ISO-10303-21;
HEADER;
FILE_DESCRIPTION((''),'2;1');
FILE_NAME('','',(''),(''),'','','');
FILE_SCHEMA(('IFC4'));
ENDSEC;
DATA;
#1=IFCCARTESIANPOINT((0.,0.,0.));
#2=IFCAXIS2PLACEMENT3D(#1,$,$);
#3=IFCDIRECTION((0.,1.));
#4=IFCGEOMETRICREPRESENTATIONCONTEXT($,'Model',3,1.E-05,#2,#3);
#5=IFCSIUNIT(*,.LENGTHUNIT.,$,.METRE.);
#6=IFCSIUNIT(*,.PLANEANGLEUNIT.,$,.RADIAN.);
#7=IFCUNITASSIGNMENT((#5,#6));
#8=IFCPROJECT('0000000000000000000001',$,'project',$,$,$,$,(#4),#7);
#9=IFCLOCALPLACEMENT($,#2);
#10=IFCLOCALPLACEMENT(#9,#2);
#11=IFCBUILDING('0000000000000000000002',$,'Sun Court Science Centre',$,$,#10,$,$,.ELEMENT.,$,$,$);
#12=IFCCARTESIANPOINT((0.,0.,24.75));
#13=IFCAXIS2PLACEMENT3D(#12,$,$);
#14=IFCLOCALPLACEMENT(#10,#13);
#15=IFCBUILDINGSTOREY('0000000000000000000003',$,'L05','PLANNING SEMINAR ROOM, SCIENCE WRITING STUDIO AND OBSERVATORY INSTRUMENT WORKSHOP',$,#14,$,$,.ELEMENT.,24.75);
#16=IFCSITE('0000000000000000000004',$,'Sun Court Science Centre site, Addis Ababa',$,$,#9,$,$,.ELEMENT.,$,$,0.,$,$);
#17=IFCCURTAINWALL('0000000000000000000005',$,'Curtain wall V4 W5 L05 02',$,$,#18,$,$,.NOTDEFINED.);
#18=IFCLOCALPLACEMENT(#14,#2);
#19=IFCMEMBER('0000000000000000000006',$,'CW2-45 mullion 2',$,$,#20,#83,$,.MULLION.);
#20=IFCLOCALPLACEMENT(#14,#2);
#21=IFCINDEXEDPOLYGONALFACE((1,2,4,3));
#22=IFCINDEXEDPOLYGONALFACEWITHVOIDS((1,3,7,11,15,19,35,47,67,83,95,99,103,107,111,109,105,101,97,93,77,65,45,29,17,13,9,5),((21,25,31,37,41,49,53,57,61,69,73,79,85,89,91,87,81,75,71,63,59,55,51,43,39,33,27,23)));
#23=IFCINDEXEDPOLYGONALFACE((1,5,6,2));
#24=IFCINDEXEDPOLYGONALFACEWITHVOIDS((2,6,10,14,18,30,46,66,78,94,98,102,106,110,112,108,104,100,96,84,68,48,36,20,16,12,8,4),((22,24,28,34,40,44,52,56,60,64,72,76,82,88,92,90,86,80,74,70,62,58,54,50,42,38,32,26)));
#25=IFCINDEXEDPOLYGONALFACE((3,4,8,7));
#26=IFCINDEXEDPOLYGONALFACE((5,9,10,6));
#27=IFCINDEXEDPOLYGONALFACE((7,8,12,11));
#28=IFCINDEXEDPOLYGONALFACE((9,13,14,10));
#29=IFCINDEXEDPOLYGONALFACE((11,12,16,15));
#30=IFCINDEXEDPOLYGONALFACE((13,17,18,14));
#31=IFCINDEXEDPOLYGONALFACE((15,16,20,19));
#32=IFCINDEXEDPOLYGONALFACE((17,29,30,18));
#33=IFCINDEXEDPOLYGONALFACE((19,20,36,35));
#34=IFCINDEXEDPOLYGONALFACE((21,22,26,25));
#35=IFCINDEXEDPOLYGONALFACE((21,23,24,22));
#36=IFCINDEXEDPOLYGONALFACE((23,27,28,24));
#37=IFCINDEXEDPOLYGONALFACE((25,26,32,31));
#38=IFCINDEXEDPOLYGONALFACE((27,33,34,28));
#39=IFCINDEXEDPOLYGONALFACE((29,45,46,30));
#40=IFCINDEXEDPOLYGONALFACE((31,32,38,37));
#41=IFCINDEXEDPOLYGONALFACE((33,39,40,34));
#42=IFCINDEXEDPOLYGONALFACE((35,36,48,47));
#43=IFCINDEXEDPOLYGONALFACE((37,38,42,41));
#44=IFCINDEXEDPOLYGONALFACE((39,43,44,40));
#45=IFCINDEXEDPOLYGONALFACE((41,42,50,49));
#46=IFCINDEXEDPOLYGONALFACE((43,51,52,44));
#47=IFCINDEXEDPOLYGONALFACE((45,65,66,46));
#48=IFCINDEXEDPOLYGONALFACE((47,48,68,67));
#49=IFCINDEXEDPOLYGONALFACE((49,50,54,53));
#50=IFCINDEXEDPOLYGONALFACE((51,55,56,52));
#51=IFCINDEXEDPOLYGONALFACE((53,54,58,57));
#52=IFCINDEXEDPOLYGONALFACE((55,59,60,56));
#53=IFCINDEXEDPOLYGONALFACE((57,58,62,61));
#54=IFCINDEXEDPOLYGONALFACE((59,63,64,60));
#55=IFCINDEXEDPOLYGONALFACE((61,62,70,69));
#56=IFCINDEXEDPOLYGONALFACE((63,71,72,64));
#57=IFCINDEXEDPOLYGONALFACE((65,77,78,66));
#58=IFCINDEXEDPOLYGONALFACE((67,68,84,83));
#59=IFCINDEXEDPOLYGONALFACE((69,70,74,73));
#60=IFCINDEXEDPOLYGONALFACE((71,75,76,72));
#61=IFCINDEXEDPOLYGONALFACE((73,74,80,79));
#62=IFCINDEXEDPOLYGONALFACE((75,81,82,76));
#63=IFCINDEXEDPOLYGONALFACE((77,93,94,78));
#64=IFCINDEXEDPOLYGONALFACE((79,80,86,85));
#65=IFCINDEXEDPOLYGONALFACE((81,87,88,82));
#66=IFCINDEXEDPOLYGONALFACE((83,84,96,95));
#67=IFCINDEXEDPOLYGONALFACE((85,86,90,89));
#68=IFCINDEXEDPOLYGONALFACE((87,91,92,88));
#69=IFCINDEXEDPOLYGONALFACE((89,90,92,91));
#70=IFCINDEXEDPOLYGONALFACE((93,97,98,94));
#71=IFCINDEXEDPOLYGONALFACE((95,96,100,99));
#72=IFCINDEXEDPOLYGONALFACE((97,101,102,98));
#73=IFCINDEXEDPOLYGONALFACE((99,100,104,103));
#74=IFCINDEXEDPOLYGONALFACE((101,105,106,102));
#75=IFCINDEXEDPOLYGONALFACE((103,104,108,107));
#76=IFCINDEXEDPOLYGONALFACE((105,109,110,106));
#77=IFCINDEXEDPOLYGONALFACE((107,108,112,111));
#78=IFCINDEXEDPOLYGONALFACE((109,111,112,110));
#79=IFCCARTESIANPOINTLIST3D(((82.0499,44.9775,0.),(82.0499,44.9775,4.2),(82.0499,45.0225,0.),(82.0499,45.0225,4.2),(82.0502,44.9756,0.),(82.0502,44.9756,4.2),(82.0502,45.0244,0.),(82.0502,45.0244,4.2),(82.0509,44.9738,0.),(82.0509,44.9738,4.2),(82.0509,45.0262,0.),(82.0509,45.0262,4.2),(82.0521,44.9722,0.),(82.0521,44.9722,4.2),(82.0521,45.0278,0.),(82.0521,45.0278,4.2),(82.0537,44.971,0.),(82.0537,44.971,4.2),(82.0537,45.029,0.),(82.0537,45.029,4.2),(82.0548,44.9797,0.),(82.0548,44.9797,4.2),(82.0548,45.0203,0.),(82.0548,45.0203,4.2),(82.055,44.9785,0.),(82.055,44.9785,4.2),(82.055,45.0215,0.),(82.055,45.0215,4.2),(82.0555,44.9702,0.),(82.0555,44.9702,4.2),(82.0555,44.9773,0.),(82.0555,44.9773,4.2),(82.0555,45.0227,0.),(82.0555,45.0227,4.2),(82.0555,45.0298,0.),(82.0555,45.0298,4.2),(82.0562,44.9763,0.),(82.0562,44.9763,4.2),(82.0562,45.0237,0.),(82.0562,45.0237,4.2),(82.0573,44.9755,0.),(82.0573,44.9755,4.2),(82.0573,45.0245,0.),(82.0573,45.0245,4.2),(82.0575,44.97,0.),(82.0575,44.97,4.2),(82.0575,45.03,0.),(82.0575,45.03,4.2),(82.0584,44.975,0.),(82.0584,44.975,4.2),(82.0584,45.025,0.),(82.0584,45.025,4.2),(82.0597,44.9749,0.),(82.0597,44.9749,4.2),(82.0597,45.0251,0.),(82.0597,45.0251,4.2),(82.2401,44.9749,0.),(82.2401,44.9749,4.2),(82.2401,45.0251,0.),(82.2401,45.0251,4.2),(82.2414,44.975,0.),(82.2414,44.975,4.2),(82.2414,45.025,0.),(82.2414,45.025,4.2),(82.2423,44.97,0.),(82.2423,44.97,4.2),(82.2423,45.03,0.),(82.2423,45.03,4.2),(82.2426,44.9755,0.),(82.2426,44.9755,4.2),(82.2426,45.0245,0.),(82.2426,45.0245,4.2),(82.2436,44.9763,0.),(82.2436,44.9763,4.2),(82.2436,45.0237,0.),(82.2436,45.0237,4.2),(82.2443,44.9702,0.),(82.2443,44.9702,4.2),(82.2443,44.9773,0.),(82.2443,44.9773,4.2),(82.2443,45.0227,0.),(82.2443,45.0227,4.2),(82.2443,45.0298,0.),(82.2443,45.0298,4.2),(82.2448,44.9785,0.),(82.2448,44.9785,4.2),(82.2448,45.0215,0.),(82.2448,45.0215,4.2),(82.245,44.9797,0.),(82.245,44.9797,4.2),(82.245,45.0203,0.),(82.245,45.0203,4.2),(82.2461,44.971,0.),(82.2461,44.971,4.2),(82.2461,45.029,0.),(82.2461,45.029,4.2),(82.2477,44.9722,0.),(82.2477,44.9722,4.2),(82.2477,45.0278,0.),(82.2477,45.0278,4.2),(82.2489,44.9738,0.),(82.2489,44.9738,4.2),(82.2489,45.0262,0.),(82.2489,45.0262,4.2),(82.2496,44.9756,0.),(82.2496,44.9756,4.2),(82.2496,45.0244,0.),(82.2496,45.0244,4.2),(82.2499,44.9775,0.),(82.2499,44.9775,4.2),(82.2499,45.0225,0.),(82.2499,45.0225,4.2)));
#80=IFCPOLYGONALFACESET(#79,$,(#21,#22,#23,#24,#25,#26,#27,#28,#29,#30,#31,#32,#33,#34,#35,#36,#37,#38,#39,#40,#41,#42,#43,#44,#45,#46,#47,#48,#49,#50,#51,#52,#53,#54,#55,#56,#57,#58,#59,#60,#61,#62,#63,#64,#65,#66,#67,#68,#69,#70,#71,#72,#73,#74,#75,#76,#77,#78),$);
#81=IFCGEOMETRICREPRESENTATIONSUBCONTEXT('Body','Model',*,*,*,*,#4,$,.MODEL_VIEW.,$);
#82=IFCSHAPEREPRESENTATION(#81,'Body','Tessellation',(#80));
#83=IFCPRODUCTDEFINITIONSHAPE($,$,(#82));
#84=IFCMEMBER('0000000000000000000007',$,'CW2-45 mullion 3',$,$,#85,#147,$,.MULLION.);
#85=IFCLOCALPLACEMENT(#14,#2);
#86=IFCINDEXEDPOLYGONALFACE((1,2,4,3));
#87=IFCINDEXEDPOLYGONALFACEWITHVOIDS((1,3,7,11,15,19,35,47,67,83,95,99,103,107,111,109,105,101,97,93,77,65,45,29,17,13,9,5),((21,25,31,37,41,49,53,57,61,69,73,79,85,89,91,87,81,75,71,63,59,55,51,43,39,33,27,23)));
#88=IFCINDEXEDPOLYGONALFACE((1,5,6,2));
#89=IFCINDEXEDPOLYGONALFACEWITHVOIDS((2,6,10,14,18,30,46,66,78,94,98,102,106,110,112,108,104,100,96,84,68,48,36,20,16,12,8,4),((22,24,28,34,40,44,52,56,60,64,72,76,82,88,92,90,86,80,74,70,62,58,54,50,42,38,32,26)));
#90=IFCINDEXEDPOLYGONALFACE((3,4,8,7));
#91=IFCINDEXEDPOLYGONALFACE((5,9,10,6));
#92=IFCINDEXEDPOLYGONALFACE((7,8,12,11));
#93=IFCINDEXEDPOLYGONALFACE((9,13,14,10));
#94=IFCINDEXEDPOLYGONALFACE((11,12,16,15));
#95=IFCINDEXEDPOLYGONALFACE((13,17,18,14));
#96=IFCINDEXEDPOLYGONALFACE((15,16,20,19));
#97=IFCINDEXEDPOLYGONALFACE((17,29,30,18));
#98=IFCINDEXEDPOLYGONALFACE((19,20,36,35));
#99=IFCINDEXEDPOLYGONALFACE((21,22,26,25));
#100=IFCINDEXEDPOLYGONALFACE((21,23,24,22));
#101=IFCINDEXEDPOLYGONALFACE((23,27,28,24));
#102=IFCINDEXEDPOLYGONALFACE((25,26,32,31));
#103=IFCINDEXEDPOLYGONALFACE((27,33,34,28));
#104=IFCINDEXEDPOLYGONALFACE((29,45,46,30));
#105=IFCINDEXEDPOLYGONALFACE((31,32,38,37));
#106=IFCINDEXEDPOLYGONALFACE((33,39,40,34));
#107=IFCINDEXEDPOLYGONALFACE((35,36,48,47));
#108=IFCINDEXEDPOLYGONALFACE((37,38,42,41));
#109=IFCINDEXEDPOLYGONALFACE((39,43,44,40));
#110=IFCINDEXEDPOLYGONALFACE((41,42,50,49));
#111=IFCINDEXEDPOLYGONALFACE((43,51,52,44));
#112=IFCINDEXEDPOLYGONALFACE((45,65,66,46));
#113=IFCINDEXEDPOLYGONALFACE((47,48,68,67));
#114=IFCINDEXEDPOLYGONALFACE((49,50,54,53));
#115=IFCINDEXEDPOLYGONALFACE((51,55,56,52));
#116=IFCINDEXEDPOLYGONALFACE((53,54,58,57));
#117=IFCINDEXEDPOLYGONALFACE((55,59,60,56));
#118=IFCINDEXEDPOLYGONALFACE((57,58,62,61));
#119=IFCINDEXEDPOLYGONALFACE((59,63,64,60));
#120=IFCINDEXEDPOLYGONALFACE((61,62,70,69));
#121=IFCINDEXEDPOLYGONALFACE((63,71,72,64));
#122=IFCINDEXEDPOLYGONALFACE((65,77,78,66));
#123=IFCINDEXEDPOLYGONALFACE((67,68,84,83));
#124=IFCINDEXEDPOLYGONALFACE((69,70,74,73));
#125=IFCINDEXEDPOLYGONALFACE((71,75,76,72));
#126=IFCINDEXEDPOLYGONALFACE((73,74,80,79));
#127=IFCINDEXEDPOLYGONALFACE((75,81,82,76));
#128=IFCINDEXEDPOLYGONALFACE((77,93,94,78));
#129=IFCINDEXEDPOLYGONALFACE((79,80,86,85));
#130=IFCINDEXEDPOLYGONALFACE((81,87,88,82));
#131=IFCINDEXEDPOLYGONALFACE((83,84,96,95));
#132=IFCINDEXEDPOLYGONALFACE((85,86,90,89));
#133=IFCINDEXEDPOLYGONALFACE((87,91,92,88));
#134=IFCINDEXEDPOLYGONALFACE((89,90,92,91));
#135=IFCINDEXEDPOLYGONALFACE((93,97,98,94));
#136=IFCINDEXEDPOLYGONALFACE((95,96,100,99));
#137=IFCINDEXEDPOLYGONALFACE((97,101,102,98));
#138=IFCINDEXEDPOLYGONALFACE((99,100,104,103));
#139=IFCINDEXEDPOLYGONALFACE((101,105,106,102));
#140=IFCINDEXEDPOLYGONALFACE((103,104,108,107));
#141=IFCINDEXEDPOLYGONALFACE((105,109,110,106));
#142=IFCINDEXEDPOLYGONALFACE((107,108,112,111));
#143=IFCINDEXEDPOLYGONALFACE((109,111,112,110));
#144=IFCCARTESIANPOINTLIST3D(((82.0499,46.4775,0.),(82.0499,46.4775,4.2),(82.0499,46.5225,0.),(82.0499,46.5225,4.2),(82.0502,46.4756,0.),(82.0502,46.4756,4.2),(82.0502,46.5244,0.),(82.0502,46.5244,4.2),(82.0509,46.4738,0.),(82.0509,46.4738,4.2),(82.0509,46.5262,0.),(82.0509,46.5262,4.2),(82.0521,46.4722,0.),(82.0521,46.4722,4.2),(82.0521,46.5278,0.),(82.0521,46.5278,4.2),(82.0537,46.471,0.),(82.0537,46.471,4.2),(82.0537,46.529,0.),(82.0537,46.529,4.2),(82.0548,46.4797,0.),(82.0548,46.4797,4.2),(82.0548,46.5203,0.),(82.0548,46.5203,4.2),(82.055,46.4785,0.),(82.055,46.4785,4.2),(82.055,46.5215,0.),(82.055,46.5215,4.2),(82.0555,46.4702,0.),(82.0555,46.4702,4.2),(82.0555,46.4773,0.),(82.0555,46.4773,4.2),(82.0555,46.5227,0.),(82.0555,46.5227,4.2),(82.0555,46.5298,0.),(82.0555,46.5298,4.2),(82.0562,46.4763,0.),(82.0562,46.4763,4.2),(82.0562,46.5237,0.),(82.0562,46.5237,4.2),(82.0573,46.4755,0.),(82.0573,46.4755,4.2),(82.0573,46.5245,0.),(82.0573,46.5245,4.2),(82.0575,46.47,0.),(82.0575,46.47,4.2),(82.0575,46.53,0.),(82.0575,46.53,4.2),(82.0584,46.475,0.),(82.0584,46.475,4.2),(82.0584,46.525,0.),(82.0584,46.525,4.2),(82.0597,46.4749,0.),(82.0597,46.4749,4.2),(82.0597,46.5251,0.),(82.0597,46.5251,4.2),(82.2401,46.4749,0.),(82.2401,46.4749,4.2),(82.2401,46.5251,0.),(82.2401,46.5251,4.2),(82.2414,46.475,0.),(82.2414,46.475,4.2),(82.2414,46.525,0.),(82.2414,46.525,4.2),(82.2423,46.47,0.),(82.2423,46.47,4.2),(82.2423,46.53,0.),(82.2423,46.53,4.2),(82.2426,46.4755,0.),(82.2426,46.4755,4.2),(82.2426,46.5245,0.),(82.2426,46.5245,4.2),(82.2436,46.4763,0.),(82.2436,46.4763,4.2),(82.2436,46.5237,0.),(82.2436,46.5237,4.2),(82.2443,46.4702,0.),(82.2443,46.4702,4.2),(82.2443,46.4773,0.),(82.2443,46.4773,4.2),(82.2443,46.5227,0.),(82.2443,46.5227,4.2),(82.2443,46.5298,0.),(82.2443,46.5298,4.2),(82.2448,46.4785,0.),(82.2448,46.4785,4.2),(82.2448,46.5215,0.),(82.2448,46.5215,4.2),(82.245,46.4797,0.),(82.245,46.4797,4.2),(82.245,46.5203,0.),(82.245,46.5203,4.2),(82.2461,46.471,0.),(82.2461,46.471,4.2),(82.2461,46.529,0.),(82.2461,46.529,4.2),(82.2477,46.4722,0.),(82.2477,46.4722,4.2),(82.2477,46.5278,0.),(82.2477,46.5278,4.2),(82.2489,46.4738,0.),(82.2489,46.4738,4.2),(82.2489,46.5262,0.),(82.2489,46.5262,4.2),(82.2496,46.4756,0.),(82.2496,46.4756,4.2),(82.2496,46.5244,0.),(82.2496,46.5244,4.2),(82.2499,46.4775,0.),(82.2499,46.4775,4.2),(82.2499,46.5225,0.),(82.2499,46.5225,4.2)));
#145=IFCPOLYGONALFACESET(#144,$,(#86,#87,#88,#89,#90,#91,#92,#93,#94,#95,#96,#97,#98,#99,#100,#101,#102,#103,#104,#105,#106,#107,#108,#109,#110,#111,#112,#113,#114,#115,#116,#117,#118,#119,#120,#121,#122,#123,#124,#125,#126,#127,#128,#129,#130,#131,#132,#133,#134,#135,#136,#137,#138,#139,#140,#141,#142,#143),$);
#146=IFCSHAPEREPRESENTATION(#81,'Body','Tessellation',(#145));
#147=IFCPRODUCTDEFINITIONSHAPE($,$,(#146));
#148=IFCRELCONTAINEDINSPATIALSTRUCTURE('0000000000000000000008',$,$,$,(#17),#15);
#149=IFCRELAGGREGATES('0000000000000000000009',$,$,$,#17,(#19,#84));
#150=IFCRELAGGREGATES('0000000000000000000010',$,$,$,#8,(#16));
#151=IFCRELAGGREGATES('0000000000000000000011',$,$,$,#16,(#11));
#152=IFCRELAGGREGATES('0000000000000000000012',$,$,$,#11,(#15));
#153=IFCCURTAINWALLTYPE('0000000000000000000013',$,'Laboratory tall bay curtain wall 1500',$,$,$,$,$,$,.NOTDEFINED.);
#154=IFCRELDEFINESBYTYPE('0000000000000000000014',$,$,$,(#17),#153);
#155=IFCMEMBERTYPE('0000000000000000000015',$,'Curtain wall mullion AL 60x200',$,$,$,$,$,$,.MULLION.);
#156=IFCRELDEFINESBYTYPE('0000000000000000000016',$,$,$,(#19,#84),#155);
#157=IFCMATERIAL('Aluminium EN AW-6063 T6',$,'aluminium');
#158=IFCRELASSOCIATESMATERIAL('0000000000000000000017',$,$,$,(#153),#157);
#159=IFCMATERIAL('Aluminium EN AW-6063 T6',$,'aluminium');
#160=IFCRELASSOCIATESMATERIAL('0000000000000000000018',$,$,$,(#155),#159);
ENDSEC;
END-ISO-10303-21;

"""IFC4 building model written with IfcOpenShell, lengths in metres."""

from ifc_helpers import new_model, si_unit, direction, frame, origin, origin_2d, place, context, subcontext, project, spatial, hollow_rectangle, extrude, material, material_profile, profile_set, type_object, element, aggregate, save


model = new_model("IFC4")

# Units and contexts
model_context = context("Model", 3, precision=1e-05, world=origin(), true_north=direction((0.0, 1.0)))
body_context = subcontext(model_context, "Body", "Model", "MODEL_VIEW")
ifc_project = project(units=[si_unit("LENGTHUNIT", "METRE"), si_unit("PLANEANGLEUNIT", "RADIAN")], contexts=[model_context])

# Site, building, storey
site_placement = place(None, origin())
site = spatial("IfcSite", under=ifc_project, at=site_placement, Name="Sun Court Science Centre site, Addis Ababa", CompositionType="ELEMENT", RefElevation=0.0)
building_placement = place(site_placement, origin())
building = spatial("IfcBuilding", under=site, at=building_placement, Name="Sun Court Science Centre", CompositionType="ELEMENT")
storey_placement = place(building_placement, frame((0.0, 0.0, 24.75)))
storey = spatial("IfcBuildingStorey", under=building, at=storey_placement, Name="L05", Description="PLANNING SEMINAR ROOM, SCIENCE WRITING STUDIO AND OBSERVATORY INSTRUMENT WORKSHOP", CompositionType="ELEMENT", Elevation=24.75)

# Curtain wall, members
ifc_material_1 = material(Name="Aluminium EN AW-6063 T6", Category="aluminium")
curtain_wall_type = type_object("IfcCurtainWallType", Name="Laboratory tall bay curtain wall 1500", PredefinedType="NOTDEFINED", material=ifc_material_1)
curtain_wall_placement = place(storey_placement, origin())
curtain_wall = element("IfcCurtainWall", 1, at=curtain_wall_placement, inside=storey, type_object=curtain_wall_type, Name="Curtain wall V4 W5 L05 02", PredefinedType="NOTDEFINED")
ifc_material_2 = material(Name="Aluminium EN AW-6063 T6", Category="aluminium")
ifc_material_profile_1 = material_profile(ifc_material_2, hollow_rectangle(XDim=0.0601, YDim=0.2, WallThickness=0.0049, InnerFilletRadius=0.0049, OuterFilletRadius=0.0076, at=origin_2d()), Name="AL 60x200x5")
ifc_profile_set_1 = profile_set([ifc_material_profile_1], Name="Aluminium EN AW-6063 T6")
member_type_1 = type_object("IfcMemberType", Name="Curtain wall mullion AL 60x200", PredefinedType="MULLION", material=ifc_profile_set_1)
member_1_placement = place(storey_placement, frame((82.1499, 45.0, 0.0), z_axis=(0.0, 0.0, 1.0), x_axis=(0.0, 1.0, 0.0)))
member_1 = element("IfcMember", 2, at=member_1_placement, type_object=member_type_1, Name="CW2-45 mullion 2", PredefinedType="MULLION", context=body_context, shape_type="SweptSolid", body=[
    extrude(hollow_rectangle(XDim=0.0601, YDim=0.2, WallThickness=0.0049, InnerFilletRadius=0.0049, OuterFilletRadius=0.0076, at=origin_2d()), origin(), (0.0, 0.0, 1.0), 4.2),
])
member_2_placement = place(storey_placement, frame((82.1499, 46.5, 0.0), z_axis=(0.0, 0.0, 1.0), x_axis=(0.0, 1.0, 0.0)))
member_2 = element("IfcMember", 3, at=member_2_placement, type_object=member_type_1, Name="CW2-45 mullion 3", PredefinedType="MULLION", context=body_context, shape_type="SweptSolid", body=[
    extrude(hollow_rectangle(XDim=0.0601, YDim=0.2, WallThickness=0.0049, InnerFilletRadius=0.0049, OuterFilletRadius=0.0076, at=origin_2d()), origin(), (0.0, 0.0, 1.0), 4.2),
])

aggregate(curtain_wall, [member_1, member_2])

save(model, "model.ifc")
